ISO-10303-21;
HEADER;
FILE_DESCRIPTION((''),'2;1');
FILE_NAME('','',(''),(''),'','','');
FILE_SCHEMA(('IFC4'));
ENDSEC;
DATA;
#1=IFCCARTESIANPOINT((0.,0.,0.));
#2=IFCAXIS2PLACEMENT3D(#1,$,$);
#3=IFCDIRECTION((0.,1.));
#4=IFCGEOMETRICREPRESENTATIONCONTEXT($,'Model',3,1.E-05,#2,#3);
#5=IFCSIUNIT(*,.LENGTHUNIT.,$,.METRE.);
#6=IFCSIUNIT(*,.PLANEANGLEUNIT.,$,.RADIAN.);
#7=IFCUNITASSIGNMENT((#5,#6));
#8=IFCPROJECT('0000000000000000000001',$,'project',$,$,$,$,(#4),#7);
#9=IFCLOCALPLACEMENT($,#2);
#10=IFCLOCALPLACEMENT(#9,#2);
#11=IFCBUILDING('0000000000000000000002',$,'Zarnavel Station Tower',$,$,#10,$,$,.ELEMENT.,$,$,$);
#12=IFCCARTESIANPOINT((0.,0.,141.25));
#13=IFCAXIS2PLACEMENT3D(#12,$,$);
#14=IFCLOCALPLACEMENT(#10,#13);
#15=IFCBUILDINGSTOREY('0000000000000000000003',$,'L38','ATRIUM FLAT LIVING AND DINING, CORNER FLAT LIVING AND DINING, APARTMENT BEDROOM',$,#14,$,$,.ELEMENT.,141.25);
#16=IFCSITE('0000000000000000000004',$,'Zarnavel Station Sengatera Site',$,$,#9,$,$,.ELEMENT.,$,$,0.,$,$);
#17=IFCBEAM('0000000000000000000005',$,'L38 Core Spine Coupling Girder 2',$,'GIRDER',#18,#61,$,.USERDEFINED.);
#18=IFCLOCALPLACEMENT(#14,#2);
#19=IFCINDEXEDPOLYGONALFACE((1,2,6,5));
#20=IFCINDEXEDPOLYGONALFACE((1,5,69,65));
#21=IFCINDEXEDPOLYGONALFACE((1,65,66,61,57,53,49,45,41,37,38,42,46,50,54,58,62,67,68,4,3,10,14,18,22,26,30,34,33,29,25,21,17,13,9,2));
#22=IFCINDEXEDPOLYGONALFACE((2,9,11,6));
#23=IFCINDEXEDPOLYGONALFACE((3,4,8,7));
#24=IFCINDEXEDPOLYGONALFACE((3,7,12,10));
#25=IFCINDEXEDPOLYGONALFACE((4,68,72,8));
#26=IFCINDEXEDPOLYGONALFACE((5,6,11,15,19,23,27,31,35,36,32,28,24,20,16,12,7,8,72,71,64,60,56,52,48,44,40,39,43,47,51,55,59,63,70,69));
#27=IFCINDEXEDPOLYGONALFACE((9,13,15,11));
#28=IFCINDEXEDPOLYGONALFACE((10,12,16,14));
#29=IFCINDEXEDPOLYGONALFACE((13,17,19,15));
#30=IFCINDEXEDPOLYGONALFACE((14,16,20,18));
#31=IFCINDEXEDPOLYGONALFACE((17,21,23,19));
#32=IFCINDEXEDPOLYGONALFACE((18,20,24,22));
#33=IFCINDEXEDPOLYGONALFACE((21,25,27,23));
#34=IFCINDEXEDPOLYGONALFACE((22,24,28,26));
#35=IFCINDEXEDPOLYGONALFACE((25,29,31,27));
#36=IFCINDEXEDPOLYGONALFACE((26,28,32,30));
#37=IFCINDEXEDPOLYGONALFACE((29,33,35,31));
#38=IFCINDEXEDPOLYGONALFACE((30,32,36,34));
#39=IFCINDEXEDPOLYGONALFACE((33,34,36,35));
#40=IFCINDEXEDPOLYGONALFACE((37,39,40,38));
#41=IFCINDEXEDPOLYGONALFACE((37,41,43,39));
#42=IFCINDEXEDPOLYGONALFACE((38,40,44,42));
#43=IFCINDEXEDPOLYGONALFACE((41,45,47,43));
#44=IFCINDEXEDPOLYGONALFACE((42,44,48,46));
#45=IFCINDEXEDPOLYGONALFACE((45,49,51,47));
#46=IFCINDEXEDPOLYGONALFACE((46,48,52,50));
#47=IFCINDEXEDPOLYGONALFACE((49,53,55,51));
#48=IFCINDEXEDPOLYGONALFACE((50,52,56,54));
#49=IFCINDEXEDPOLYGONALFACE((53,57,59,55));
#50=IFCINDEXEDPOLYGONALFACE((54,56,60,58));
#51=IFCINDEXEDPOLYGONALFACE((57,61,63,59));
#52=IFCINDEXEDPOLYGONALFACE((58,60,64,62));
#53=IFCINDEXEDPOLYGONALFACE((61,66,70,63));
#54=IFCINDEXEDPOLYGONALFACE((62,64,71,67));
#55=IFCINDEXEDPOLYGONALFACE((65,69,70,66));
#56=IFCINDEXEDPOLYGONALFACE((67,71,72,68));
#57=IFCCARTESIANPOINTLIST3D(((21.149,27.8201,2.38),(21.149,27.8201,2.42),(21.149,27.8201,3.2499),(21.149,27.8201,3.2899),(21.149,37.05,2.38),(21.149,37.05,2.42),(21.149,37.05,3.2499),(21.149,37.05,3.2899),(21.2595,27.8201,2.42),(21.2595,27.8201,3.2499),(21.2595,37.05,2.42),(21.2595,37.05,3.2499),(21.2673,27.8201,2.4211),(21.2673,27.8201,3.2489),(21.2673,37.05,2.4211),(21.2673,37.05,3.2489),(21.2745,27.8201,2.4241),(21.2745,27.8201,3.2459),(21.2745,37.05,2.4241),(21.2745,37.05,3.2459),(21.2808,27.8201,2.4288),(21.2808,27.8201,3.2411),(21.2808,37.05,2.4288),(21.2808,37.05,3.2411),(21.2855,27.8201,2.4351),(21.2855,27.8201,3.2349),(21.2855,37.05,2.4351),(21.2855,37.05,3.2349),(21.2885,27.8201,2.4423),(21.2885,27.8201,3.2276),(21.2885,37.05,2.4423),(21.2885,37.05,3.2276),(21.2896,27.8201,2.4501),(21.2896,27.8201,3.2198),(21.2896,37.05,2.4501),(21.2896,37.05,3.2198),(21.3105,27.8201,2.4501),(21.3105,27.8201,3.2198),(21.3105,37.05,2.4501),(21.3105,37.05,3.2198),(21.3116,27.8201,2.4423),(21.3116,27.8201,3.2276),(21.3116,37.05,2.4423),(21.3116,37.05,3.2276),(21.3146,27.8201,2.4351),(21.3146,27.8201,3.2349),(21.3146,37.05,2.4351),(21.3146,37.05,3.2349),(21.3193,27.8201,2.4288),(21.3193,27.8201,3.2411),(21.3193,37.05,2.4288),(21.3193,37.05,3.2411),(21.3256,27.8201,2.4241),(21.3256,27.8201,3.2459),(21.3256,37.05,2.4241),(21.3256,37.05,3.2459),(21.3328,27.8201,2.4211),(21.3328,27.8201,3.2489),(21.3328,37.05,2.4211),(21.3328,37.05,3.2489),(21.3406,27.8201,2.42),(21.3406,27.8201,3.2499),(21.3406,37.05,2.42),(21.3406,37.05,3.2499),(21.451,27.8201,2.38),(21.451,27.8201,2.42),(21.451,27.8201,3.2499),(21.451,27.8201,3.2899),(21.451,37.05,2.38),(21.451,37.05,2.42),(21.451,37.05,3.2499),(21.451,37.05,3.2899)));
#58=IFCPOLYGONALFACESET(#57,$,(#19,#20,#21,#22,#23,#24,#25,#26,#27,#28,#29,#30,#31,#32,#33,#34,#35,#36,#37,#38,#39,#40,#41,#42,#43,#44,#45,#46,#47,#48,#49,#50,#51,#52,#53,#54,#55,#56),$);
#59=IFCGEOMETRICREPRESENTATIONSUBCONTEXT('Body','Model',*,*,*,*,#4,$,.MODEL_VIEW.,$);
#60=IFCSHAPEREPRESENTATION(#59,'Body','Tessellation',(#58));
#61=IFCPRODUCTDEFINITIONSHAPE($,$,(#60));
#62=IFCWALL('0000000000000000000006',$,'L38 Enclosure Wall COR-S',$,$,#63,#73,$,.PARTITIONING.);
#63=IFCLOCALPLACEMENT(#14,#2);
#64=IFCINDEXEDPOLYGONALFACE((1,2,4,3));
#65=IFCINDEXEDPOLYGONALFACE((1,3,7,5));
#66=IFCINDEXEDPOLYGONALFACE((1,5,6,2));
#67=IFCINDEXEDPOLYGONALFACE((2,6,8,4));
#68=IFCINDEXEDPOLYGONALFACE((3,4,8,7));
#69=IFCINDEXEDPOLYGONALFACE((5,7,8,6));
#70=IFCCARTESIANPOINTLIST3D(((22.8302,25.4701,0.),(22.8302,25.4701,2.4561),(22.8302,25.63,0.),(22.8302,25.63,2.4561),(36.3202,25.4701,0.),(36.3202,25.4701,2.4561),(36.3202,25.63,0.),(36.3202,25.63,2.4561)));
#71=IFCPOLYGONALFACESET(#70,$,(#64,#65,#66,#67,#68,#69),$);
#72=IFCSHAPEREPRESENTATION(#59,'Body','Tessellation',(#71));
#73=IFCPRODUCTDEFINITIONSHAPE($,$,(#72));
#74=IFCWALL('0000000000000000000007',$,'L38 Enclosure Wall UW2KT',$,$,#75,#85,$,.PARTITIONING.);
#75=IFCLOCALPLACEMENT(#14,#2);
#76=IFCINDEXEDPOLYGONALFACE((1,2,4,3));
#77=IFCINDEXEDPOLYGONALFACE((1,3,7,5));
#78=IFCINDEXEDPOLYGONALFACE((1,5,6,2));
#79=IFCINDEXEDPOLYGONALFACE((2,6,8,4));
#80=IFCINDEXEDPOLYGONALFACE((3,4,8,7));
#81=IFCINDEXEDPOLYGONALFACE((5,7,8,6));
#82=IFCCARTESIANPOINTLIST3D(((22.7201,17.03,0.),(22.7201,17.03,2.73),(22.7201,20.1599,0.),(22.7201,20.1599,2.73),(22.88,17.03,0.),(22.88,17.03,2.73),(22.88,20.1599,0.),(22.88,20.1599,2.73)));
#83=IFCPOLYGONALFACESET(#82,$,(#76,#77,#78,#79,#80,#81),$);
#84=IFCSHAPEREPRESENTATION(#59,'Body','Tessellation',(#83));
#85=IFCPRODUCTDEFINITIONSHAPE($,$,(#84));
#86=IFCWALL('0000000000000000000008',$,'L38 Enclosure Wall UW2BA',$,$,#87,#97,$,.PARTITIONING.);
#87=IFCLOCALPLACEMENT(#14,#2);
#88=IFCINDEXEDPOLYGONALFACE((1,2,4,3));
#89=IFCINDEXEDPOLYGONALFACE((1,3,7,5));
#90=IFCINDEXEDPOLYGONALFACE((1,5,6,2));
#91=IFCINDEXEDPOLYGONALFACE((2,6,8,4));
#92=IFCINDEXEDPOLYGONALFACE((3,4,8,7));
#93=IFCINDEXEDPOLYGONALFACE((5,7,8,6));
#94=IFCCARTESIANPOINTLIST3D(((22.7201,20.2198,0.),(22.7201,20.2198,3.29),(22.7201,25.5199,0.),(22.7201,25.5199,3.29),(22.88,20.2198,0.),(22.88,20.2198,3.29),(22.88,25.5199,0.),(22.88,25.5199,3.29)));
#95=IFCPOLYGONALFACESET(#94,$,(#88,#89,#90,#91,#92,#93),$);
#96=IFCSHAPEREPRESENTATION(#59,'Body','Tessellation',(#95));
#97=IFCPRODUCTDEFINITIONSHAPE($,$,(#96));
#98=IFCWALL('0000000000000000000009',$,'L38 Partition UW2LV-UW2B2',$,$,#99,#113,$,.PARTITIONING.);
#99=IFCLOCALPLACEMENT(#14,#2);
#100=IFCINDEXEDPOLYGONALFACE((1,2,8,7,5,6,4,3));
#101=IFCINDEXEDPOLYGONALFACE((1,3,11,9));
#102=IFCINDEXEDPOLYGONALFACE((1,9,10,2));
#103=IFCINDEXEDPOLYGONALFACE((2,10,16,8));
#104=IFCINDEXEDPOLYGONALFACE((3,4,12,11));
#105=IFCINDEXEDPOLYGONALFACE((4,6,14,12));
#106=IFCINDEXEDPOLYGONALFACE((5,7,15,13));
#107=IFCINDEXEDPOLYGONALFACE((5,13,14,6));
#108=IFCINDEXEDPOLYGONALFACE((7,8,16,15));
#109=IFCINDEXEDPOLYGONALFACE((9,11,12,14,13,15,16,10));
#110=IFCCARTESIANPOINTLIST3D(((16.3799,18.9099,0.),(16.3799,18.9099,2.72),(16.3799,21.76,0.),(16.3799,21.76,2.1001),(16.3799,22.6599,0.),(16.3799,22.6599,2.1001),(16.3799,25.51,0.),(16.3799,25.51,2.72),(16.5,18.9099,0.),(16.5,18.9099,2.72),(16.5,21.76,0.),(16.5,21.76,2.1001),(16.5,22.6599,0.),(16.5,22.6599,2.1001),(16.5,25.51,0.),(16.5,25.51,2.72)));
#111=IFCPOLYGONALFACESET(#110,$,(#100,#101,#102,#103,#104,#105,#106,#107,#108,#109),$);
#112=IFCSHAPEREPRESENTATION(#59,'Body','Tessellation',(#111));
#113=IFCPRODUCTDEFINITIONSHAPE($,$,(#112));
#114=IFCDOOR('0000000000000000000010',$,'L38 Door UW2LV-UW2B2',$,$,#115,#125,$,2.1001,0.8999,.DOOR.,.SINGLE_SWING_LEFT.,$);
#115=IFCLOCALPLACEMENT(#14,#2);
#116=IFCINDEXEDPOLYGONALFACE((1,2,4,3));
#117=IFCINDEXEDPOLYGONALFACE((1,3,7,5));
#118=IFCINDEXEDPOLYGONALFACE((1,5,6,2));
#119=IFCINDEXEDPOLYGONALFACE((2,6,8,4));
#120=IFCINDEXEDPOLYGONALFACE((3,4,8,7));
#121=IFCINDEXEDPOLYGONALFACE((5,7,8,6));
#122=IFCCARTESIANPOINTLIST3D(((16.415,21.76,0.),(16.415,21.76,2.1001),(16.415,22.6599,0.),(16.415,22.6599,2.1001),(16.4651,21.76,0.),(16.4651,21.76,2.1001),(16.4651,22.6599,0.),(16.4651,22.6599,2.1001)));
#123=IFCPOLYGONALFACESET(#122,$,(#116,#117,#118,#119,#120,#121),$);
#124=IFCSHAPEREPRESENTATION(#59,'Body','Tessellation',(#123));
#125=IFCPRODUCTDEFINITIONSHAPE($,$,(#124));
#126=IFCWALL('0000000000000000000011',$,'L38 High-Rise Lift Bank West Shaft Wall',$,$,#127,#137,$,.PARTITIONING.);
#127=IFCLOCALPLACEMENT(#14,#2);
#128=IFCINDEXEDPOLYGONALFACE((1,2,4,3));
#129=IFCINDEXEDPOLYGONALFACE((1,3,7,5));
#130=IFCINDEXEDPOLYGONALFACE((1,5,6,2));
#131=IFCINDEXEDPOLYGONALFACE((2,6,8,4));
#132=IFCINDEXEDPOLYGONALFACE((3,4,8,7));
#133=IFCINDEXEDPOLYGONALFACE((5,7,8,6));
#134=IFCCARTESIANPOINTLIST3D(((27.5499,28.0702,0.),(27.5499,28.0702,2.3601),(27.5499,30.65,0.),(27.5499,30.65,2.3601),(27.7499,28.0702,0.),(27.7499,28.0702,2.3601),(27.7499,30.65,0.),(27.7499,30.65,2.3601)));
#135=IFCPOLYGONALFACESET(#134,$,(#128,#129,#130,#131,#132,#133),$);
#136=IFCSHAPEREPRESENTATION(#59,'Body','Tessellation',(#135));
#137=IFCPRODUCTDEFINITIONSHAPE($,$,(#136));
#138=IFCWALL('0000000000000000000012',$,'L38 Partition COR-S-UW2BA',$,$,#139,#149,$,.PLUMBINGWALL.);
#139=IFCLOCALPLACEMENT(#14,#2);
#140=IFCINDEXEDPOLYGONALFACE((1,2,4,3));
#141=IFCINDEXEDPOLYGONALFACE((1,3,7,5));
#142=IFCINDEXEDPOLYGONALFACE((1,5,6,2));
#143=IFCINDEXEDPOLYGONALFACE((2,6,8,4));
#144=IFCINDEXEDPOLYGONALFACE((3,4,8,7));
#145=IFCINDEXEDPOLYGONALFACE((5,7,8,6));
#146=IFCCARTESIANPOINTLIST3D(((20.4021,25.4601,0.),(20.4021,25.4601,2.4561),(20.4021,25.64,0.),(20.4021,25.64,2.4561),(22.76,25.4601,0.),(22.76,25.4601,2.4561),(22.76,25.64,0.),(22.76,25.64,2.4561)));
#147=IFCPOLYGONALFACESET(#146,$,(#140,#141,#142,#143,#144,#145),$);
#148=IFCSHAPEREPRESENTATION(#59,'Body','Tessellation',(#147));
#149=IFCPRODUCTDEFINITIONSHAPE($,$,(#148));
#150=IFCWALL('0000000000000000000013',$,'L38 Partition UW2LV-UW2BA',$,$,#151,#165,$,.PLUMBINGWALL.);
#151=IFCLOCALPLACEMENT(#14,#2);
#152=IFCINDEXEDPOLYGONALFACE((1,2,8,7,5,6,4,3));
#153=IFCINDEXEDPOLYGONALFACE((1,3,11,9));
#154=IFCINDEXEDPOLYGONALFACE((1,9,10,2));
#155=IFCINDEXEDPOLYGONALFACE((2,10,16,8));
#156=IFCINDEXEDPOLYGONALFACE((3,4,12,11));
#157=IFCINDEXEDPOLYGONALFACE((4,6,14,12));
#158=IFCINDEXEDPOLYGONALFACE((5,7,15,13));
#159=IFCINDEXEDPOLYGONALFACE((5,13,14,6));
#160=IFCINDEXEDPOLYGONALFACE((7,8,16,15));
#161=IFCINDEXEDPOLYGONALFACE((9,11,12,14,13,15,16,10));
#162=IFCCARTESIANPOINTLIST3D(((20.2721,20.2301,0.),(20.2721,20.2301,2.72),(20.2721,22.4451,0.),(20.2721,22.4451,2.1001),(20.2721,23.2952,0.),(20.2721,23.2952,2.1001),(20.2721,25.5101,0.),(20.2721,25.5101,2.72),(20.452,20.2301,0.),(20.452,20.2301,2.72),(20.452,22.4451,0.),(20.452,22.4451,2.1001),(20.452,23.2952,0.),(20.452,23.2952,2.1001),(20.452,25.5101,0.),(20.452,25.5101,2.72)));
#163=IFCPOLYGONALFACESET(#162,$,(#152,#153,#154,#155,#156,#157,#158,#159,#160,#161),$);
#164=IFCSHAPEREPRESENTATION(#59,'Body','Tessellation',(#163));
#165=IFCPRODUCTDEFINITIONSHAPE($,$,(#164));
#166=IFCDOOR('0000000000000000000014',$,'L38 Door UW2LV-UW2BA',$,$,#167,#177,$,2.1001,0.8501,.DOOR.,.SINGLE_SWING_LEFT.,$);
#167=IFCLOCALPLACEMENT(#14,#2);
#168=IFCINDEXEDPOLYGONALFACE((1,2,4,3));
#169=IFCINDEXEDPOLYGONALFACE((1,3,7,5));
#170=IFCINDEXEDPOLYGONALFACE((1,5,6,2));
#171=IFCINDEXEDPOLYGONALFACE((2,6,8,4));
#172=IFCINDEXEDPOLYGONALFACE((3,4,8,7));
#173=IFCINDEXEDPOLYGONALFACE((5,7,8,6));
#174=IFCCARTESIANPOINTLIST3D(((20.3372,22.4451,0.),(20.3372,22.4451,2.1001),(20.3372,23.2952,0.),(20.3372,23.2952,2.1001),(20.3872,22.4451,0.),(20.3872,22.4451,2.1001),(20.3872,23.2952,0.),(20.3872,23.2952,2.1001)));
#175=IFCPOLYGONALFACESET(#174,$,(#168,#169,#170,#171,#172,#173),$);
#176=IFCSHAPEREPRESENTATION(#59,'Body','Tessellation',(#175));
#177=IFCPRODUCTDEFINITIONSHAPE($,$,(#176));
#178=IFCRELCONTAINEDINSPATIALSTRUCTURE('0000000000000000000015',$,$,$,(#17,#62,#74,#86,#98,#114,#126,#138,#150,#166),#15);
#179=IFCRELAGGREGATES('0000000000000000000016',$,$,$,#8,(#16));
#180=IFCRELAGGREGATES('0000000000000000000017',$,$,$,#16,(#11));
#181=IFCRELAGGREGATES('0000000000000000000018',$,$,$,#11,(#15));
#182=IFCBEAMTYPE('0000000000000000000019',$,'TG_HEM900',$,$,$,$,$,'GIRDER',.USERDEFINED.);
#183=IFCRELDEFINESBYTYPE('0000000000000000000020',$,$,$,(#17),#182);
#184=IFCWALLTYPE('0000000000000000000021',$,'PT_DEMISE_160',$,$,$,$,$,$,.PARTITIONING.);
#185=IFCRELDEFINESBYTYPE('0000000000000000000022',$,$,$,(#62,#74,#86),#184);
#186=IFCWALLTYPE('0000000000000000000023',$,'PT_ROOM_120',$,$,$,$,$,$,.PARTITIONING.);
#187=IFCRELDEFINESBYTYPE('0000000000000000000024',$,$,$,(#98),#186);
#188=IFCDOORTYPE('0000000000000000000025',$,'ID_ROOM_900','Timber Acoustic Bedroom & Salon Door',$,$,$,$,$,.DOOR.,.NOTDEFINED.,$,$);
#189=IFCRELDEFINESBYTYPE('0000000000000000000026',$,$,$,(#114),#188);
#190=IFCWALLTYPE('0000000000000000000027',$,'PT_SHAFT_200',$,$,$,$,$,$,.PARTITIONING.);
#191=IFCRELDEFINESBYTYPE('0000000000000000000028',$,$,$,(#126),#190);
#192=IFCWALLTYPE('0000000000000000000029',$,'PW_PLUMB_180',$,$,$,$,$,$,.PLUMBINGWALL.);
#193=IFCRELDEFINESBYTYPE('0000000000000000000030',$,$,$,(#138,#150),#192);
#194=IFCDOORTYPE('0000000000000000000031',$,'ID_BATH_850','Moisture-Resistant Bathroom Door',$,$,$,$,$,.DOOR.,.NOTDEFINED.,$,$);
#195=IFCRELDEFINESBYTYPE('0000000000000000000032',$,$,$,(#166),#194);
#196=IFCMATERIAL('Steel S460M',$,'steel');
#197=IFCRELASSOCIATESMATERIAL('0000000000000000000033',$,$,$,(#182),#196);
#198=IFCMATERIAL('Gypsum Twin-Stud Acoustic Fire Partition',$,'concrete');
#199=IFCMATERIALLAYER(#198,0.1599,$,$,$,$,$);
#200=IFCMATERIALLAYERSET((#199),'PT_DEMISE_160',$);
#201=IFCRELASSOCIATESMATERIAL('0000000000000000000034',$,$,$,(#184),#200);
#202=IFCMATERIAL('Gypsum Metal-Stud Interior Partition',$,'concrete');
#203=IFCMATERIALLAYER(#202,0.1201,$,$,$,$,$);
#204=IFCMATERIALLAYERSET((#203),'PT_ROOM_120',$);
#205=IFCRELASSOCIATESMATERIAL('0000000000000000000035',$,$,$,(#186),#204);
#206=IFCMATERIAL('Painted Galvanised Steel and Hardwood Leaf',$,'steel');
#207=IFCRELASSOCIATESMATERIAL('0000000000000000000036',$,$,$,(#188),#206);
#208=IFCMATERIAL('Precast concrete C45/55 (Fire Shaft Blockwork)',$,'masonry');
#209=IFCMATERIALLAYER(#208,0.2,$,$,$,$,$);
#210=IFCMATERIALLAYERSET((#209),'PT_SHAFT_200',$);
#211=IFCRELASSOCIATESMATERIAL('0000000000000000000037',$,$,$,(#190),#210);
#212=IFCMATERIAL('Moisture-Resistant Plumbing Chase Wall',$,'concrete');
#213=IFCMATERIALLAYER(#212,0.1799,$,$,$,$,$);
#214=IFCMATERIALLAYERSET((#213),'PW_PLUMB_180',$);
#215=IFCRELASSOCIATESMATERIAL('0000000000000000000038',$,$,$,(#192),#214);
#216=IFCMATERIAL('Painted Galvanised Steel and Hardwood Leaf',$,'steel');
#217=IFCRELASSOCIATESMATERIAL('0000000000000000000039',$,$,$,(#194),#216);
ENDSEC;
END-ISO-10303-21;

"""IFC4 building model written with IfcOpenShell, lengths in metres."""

from ifc_helpers import new_model, si_unit, direction, frame, frame_2d, origin, origin_2d, place, context, subcontext, project, spatial, rectangle, i_section, extrude, material, layer, layer_set, material_profile, profile_set, type_object, element, fill, save


model = new_model("IFC4")

# Units and contexts
model_context = context("Model", 3, precision=1e-05, world=origin(), true_north=direction((0.0, 1.0)))
body_context = subcontext(model_context, "Body", "Model", "MODEL_VIEW")
ifc_project = project(units=[si_unit("LENGTHUNIT", "METRE"), si_unit("PLANEANGLEUNIT", "RADIAN")], contexts=[model_context])

# Site, building, storey
site_placement = place(None, origin())
site = spatial("IfcSite", under=ifc_project, at=site_placement, Name="Zarnavel Station Sengatera Site", CompositionType="ELEMENT", RefElevation=0.0)
building_placement = place(site_placement, origin())
building = spatial("IfcBuilding", under=site, at=building_placement, Name="Zarnavel Station Tower", CompositionType="ELEMENT")
storey_placement = place(building_placement, frame((0.0, 0.0, 141.25)))
storey = spatial("IfcBuildingStorey", under=building, at=storey_placement, Name="L38", Description="ATRIUM FLAT LIVING AND DINING, CORNER FLAT LIVING AND DINING, APARTMENT BEDROOM", CompositionType="ELEMENT", Elevation=141.25)

# Beam
ifc_material_1 = material(Name="Steel S460M", Category="steel")
ifc_material_profile_1 = material_profile(ifc_material_1, i_section(OverallWidth=0.302, OverallDepth=0.9099, WebThickness=0.021, FlangeThickness=0.04, FilletRadius=0.03, at=origin_2d()), Name="HEM900")
ifc_profile_set_1 = profile_set([ifc_material_profile_1], Name="Steel S460M")
beam_type_1 = type_object("IfcBeamType", Name="TG_HEM900", ElementType="GIRDER", PredefinedType="USERDEFINED", material=ifc_profile_set_1)
beam_1_placement = place(storey_placement, frame((21.3, 27.8201, 2.835), z_axis=(0.0, 1.0, 0.0), x_axis=(-1.0, 0.0, 0.0)))
element("IfcBeam", 1, at=beam_1_placement, inside=storey, type_object=beam_type_1, Name="L38 Core Spine Coupling Girder 2", ObjectType="GIRDER", PredefinedType="USERDEFINED", context=body_context, shape_type="SweptSolid", body=[
    extrude(i_section(OverallWidth=0.302, OverallDepth=0.9099, WebThickness=0.021, FlangeThickness=0.04, FilletRadius=0.03, at=origin_2d()), origin(), (0.0, 0.0, 1.0), 9.23),
])

# Shared definitions
ifc_material_2 = material(Name="Gypsum Twin-Stud Acoustic Fire Partition", Category="concrete")
ifc_layer_1 = layer(ifc_material_2, 0.1599)
ifc_layer_set_1 = layer_set([ifc_layer_1], Name="PT_DEMISE_160")
wall_type_1 = type_object("IfcWallType", Name="PT_DEMISE_160", PredefinedType="PARTITIONING", material=ifc_layer_set_1)

# Walls
wall_1_placement = place(storey_placement, frame((22.8301, 25.55, 0.0), z_axis=(0.0, 0.0, 1.0), x_axis=(1.0, 0.0, 0.0)))
element("IfcWall", 2, at=wall_1_placement, inside=storey, type_object=wall_type_1, Name="L38 Enclosure Wall COR-S", PredefinedType="PARTITIONING", context=body_context, shape_type="SweptSolid", body=[
    extrude(rectangle(XDim=13.49, YDim=0.1599, at=frame_2d((6.7451, 0.0))), origin(), (0.0, 0.0, 1.0), 2.4561),
])
wall_2_placement = place(storey_placement, frame((22.8, 17.03, 0.0), z_axis=(0.0, 0.0, 1.0), x_axis=(0.0, 1.0, 0.0)))
element("IfcWall", 3, at=wall_2_placement, inside=storey, type_object=wall_type_1, Name="L38 Enclosure Wall UW2KT", PredefinedType="PARTITIONING", context=body_context, shape_type="SweptSolid", body=[
    extrude(rectangle(XDim=3.1299, YDim=0.1599, at=frame_2d((1.5649, 0.0))), origin(), (0.0, 0.0, 1.0), 2.73),
])
wall_3_placement = place(storey_placement, frame((22.8, 20.22, 0.0), z_axis=(0.0, 0.0, 1.0), x_axis=(0.0, 1.0, 0.0)))
element("IfcWall", 4, at=wall_3_placement, inside=storey, type_object=wall_type_1, Name="L38 Enclosure Wall UW2BA", PredefinedType="PARTITIONING", context=body_context, shape_type="SweptSolid", body=[
    extrude(rectangle(XDim=5.3, YDim=0.1599, at=frame_2d((2.6499, 0.0))), origin(), (0.0, 0.0, 1.0), 3.29),
])

# Wall, opening, door
ifc_material_3 = material(Name="Gypsum Metal-Stud Interior Partition", Category="concrete")
ifc_layer_2 = layer(ifc_material_3, 0.1201)
ifc_layer_set_2 = layer_set([ifc_layer_2], Name="PT_ROOM_120")
wall_type_2 = type_object("IfcWallType", Name="PT_ROOM_120", PredefinedType="PARTITIONING", material=ifc_layer_set_2)
wall_4_placement = place(storey_placement, frame((16.4399, 18.9099, 0.0), z_axis=(0.0, 0.0, 1.0), x_axis=(0.0, 1.0, 0.0)))
wall_4 = element("IfcWall", 5, at=wall_4_placement, inside=storey, type_object=wall_type_2, Name="L38 Partition UW2LV-UW2B2", PredefinedType="PARTITIONING", context=body_context, shape_type="SweptSolid", body=[
    extrude(rectangle(XDim=6.6001, YDim=0.1201, at=frame_2d((3.3, 0.0))), origin(), (0.0, 0.0, 1.0), 2.72),
])
opening_1_placement = place(wall_4_placement, frame((2.8501, 0.0, 0.0)))
opening_1 = element("IfcOpeningElement", 6, at=opening_1_placement, cuts=wall_4, PredefinedType="OPENING", context=body_context, shape_type="SweptSolid", body=[
    extrude(rectangle(XDim=0.8999, YDim=2.1001, at=frame_2d((0.45, 1.05))), frame((0.0, 0.0701, 0.0), z_axis=(0.0, -1.0, 0.0), x_axis=(1.0, 0.0, 0.0)), (0.0, 0.0, 1.0), 0.1401),
])
ifc_material_4 = material(Name="Painted Galvanised Steel and Hardwood Leaf", Category="steel")
door_type_1 = type_object("IfcDoorType", Name="ID_ROOM_900", Description="Timber Acoustic Bedroom & Salon Door", OperationType="NOTDEFINED", PredefinedType="DOOR", material=ifc_material_4)
door_1_placement = place(opening_1_placement, origin())
door_1 = element("IfcDoor", 7, at=door_1_placement, inside=storey, type_object=door_type_1, Name="L38 Door UW2LV-UW2B2", OperationType="SINGLE_SWING_LEFT", OverallHeight=2.1001, OverallWidth=0.8999, PredefinedType="DOOR", context=body_context, shape_type="SweptSolid", body=[
    extrude(rectangle(XDim=0.8999, YDim=2.1001, at=frame_2d((0.45, 1.05))), frame((0.0, 0.0249, 0.0), z_axis=(0.0, -1.0, 0.0), x_axis=(1.0, 0.0, 0.0)), (0.0, 0.0, 1.0), 0.05),
])
fill(opening_1, door_1)
ifc_material_5 = material(Name="Precast concrete C45/55 (Fire Shaft Blockwork)", Category="masonry")
ifc_layer_3 = layer(ifc_material_5, 0.2)
ifc_layer_set_3 = layer_set([ifc_layer_3], Name="PT_SHAFT_200")
wall_type_3 = type_object("IfcWallType", Name="PT_SHAFT_200", PredefinedType="PARTITIONING", material=ifc_layer_set_3)

# Walls
wall_5_placement = place(storey_placement, frame((27.6499, 28.0701, 0.0), z_axis=(0.0, 0.0, 1.0), x_axis=(0.0, 1.0, 0.0)))
element("IfcWall", 8, at=wall_5_placement, inside=storey, type_object=wall_type_3, Name="L38 High-Rise Lift Bank West Shaft Wall", PredefinedType="PARTITIONING", context=body_context, shape_type="SweptSolid", body=[
    extrude(rectangle(XDim=2.5798, YDim=0.2, at=frame_2d((1.29, 0.0))), origin(), (0.0, 0.0, 1.0), 2.3601),
])
ifc_material_6 = material(Name="Moisture-Resistant Plumbing Chase Wall", Category="concrete")
ifc_layer_4 = layer(ifc_material_6, 0.1799)
ifc_layer_set_4 = layer_set([ifc_layer_4], Name="PW_PLUMB_180")
wall_type_4 = type_object("IfcWallType", Name="PW_PLUMB_180", PredefinedType="PLUMBINGWALL", material=ifc_layer_set_4)
wall_6_placement = place(storey_placement, frame((20.4021, 25.55, 0.0), z_axis=(0.0, 0.0, 1.0), x_axis=(1.0, 0.0, 0.0)))
element("IfcWall", 9, at=wall_6_placement, inside=storey, type_object=wall_type_4, Name="L38 Partition COR-S-UW2BA", PredefinedType="PLUMBINGWALL", context=body_context, shape_type="SweptSolid", body=[
    extrude(rectangle(XDim=2.3579, YDim=0.1799, at=frame_2d((1.179, 0.0))), origin(), (0.0, 0.0, 1.0), 2.4561),
])

# Wall, opening, door
wall_7_placement = place(storey_placement, frame((20.3621, 20.23, 0.0), z_axis=(0.0, 0.0, 1.0), x_axis=(0.0, 1.0, 0.0)))
wall_7 = element("IfcWall", 10, at=wall_7_placement, inside=storey, type_object=wall_type_4, Name="L38 Partition UW2LV-UW2BA", PredefinedType="PLUMBINGWALL", context=body_context, shape_type="SweptSolid", body=[
    extrude(rectangle(XDim=5.28, YDim=0.1799, at=frame_2d((2.6401, 0.0))), origin(), (0.0, 0.0, 1.0), 2.72),
])
opening_2_placement = place(wall_7_placement, frame((2.2151, 0.0, 0.0)))
opening_2 = element("IfcOpeningElement", 11, at=opening_2_placement, cuts=wall_7, PredefinedType="OPENING", context=body_context, shape_type="SweptSolid", body=[
    extrude(rectangle(XDim=0.8501, YDim=2.1001, at=frame_2d((0.425, 1.05))), frame((0.0, 0.0999, 0.0), z_axis=(0.0, -1.0, 0.0), x_axis=(1.0, 0.0, 0.0)), (0.0, 0.0, 1.0), 0.2),
])
ifc_material_7 = material(Name="Painted Galvanised Steel and Hardwood Leaf", Category="steel")
door_type_2 = type_object("IfcDoorType", Name="ID_BATH_850", Description="Moisture-Resistant Bathroom Door", OperationType="NOTDEFINED", PredefinedType="DOOR", material=ifc_material_7)
door_2_placement = place(opening_2_placement, origin())
door_2 = element("IfcDoor", 12, at=door_2_placement, inside=storey, type_object=door_type_2, Name="L38 Door UW2LV-UW2BA", OperationType="SINGLE_SWING_LEFT", OverallHeight=2.1001, OverallWidth=0.8501, PredefinedType="DOOR", context=body_context, shape_type="SweptSolid", body=[
    extrude(rectangle(XDim=0.8501, YDim=2.1001, at=frame_2d((0.425, 1.05))), frame((0.0, 0.0249, 0.0), z_axis=(0.0, -1.0, 0.0), x_axis=(1.0, 0.0, 0.0)), (0.0, 0.0, 1.0), 0.05),
])
fill(opening_2, door_2)

save(model, "model.ifc")
